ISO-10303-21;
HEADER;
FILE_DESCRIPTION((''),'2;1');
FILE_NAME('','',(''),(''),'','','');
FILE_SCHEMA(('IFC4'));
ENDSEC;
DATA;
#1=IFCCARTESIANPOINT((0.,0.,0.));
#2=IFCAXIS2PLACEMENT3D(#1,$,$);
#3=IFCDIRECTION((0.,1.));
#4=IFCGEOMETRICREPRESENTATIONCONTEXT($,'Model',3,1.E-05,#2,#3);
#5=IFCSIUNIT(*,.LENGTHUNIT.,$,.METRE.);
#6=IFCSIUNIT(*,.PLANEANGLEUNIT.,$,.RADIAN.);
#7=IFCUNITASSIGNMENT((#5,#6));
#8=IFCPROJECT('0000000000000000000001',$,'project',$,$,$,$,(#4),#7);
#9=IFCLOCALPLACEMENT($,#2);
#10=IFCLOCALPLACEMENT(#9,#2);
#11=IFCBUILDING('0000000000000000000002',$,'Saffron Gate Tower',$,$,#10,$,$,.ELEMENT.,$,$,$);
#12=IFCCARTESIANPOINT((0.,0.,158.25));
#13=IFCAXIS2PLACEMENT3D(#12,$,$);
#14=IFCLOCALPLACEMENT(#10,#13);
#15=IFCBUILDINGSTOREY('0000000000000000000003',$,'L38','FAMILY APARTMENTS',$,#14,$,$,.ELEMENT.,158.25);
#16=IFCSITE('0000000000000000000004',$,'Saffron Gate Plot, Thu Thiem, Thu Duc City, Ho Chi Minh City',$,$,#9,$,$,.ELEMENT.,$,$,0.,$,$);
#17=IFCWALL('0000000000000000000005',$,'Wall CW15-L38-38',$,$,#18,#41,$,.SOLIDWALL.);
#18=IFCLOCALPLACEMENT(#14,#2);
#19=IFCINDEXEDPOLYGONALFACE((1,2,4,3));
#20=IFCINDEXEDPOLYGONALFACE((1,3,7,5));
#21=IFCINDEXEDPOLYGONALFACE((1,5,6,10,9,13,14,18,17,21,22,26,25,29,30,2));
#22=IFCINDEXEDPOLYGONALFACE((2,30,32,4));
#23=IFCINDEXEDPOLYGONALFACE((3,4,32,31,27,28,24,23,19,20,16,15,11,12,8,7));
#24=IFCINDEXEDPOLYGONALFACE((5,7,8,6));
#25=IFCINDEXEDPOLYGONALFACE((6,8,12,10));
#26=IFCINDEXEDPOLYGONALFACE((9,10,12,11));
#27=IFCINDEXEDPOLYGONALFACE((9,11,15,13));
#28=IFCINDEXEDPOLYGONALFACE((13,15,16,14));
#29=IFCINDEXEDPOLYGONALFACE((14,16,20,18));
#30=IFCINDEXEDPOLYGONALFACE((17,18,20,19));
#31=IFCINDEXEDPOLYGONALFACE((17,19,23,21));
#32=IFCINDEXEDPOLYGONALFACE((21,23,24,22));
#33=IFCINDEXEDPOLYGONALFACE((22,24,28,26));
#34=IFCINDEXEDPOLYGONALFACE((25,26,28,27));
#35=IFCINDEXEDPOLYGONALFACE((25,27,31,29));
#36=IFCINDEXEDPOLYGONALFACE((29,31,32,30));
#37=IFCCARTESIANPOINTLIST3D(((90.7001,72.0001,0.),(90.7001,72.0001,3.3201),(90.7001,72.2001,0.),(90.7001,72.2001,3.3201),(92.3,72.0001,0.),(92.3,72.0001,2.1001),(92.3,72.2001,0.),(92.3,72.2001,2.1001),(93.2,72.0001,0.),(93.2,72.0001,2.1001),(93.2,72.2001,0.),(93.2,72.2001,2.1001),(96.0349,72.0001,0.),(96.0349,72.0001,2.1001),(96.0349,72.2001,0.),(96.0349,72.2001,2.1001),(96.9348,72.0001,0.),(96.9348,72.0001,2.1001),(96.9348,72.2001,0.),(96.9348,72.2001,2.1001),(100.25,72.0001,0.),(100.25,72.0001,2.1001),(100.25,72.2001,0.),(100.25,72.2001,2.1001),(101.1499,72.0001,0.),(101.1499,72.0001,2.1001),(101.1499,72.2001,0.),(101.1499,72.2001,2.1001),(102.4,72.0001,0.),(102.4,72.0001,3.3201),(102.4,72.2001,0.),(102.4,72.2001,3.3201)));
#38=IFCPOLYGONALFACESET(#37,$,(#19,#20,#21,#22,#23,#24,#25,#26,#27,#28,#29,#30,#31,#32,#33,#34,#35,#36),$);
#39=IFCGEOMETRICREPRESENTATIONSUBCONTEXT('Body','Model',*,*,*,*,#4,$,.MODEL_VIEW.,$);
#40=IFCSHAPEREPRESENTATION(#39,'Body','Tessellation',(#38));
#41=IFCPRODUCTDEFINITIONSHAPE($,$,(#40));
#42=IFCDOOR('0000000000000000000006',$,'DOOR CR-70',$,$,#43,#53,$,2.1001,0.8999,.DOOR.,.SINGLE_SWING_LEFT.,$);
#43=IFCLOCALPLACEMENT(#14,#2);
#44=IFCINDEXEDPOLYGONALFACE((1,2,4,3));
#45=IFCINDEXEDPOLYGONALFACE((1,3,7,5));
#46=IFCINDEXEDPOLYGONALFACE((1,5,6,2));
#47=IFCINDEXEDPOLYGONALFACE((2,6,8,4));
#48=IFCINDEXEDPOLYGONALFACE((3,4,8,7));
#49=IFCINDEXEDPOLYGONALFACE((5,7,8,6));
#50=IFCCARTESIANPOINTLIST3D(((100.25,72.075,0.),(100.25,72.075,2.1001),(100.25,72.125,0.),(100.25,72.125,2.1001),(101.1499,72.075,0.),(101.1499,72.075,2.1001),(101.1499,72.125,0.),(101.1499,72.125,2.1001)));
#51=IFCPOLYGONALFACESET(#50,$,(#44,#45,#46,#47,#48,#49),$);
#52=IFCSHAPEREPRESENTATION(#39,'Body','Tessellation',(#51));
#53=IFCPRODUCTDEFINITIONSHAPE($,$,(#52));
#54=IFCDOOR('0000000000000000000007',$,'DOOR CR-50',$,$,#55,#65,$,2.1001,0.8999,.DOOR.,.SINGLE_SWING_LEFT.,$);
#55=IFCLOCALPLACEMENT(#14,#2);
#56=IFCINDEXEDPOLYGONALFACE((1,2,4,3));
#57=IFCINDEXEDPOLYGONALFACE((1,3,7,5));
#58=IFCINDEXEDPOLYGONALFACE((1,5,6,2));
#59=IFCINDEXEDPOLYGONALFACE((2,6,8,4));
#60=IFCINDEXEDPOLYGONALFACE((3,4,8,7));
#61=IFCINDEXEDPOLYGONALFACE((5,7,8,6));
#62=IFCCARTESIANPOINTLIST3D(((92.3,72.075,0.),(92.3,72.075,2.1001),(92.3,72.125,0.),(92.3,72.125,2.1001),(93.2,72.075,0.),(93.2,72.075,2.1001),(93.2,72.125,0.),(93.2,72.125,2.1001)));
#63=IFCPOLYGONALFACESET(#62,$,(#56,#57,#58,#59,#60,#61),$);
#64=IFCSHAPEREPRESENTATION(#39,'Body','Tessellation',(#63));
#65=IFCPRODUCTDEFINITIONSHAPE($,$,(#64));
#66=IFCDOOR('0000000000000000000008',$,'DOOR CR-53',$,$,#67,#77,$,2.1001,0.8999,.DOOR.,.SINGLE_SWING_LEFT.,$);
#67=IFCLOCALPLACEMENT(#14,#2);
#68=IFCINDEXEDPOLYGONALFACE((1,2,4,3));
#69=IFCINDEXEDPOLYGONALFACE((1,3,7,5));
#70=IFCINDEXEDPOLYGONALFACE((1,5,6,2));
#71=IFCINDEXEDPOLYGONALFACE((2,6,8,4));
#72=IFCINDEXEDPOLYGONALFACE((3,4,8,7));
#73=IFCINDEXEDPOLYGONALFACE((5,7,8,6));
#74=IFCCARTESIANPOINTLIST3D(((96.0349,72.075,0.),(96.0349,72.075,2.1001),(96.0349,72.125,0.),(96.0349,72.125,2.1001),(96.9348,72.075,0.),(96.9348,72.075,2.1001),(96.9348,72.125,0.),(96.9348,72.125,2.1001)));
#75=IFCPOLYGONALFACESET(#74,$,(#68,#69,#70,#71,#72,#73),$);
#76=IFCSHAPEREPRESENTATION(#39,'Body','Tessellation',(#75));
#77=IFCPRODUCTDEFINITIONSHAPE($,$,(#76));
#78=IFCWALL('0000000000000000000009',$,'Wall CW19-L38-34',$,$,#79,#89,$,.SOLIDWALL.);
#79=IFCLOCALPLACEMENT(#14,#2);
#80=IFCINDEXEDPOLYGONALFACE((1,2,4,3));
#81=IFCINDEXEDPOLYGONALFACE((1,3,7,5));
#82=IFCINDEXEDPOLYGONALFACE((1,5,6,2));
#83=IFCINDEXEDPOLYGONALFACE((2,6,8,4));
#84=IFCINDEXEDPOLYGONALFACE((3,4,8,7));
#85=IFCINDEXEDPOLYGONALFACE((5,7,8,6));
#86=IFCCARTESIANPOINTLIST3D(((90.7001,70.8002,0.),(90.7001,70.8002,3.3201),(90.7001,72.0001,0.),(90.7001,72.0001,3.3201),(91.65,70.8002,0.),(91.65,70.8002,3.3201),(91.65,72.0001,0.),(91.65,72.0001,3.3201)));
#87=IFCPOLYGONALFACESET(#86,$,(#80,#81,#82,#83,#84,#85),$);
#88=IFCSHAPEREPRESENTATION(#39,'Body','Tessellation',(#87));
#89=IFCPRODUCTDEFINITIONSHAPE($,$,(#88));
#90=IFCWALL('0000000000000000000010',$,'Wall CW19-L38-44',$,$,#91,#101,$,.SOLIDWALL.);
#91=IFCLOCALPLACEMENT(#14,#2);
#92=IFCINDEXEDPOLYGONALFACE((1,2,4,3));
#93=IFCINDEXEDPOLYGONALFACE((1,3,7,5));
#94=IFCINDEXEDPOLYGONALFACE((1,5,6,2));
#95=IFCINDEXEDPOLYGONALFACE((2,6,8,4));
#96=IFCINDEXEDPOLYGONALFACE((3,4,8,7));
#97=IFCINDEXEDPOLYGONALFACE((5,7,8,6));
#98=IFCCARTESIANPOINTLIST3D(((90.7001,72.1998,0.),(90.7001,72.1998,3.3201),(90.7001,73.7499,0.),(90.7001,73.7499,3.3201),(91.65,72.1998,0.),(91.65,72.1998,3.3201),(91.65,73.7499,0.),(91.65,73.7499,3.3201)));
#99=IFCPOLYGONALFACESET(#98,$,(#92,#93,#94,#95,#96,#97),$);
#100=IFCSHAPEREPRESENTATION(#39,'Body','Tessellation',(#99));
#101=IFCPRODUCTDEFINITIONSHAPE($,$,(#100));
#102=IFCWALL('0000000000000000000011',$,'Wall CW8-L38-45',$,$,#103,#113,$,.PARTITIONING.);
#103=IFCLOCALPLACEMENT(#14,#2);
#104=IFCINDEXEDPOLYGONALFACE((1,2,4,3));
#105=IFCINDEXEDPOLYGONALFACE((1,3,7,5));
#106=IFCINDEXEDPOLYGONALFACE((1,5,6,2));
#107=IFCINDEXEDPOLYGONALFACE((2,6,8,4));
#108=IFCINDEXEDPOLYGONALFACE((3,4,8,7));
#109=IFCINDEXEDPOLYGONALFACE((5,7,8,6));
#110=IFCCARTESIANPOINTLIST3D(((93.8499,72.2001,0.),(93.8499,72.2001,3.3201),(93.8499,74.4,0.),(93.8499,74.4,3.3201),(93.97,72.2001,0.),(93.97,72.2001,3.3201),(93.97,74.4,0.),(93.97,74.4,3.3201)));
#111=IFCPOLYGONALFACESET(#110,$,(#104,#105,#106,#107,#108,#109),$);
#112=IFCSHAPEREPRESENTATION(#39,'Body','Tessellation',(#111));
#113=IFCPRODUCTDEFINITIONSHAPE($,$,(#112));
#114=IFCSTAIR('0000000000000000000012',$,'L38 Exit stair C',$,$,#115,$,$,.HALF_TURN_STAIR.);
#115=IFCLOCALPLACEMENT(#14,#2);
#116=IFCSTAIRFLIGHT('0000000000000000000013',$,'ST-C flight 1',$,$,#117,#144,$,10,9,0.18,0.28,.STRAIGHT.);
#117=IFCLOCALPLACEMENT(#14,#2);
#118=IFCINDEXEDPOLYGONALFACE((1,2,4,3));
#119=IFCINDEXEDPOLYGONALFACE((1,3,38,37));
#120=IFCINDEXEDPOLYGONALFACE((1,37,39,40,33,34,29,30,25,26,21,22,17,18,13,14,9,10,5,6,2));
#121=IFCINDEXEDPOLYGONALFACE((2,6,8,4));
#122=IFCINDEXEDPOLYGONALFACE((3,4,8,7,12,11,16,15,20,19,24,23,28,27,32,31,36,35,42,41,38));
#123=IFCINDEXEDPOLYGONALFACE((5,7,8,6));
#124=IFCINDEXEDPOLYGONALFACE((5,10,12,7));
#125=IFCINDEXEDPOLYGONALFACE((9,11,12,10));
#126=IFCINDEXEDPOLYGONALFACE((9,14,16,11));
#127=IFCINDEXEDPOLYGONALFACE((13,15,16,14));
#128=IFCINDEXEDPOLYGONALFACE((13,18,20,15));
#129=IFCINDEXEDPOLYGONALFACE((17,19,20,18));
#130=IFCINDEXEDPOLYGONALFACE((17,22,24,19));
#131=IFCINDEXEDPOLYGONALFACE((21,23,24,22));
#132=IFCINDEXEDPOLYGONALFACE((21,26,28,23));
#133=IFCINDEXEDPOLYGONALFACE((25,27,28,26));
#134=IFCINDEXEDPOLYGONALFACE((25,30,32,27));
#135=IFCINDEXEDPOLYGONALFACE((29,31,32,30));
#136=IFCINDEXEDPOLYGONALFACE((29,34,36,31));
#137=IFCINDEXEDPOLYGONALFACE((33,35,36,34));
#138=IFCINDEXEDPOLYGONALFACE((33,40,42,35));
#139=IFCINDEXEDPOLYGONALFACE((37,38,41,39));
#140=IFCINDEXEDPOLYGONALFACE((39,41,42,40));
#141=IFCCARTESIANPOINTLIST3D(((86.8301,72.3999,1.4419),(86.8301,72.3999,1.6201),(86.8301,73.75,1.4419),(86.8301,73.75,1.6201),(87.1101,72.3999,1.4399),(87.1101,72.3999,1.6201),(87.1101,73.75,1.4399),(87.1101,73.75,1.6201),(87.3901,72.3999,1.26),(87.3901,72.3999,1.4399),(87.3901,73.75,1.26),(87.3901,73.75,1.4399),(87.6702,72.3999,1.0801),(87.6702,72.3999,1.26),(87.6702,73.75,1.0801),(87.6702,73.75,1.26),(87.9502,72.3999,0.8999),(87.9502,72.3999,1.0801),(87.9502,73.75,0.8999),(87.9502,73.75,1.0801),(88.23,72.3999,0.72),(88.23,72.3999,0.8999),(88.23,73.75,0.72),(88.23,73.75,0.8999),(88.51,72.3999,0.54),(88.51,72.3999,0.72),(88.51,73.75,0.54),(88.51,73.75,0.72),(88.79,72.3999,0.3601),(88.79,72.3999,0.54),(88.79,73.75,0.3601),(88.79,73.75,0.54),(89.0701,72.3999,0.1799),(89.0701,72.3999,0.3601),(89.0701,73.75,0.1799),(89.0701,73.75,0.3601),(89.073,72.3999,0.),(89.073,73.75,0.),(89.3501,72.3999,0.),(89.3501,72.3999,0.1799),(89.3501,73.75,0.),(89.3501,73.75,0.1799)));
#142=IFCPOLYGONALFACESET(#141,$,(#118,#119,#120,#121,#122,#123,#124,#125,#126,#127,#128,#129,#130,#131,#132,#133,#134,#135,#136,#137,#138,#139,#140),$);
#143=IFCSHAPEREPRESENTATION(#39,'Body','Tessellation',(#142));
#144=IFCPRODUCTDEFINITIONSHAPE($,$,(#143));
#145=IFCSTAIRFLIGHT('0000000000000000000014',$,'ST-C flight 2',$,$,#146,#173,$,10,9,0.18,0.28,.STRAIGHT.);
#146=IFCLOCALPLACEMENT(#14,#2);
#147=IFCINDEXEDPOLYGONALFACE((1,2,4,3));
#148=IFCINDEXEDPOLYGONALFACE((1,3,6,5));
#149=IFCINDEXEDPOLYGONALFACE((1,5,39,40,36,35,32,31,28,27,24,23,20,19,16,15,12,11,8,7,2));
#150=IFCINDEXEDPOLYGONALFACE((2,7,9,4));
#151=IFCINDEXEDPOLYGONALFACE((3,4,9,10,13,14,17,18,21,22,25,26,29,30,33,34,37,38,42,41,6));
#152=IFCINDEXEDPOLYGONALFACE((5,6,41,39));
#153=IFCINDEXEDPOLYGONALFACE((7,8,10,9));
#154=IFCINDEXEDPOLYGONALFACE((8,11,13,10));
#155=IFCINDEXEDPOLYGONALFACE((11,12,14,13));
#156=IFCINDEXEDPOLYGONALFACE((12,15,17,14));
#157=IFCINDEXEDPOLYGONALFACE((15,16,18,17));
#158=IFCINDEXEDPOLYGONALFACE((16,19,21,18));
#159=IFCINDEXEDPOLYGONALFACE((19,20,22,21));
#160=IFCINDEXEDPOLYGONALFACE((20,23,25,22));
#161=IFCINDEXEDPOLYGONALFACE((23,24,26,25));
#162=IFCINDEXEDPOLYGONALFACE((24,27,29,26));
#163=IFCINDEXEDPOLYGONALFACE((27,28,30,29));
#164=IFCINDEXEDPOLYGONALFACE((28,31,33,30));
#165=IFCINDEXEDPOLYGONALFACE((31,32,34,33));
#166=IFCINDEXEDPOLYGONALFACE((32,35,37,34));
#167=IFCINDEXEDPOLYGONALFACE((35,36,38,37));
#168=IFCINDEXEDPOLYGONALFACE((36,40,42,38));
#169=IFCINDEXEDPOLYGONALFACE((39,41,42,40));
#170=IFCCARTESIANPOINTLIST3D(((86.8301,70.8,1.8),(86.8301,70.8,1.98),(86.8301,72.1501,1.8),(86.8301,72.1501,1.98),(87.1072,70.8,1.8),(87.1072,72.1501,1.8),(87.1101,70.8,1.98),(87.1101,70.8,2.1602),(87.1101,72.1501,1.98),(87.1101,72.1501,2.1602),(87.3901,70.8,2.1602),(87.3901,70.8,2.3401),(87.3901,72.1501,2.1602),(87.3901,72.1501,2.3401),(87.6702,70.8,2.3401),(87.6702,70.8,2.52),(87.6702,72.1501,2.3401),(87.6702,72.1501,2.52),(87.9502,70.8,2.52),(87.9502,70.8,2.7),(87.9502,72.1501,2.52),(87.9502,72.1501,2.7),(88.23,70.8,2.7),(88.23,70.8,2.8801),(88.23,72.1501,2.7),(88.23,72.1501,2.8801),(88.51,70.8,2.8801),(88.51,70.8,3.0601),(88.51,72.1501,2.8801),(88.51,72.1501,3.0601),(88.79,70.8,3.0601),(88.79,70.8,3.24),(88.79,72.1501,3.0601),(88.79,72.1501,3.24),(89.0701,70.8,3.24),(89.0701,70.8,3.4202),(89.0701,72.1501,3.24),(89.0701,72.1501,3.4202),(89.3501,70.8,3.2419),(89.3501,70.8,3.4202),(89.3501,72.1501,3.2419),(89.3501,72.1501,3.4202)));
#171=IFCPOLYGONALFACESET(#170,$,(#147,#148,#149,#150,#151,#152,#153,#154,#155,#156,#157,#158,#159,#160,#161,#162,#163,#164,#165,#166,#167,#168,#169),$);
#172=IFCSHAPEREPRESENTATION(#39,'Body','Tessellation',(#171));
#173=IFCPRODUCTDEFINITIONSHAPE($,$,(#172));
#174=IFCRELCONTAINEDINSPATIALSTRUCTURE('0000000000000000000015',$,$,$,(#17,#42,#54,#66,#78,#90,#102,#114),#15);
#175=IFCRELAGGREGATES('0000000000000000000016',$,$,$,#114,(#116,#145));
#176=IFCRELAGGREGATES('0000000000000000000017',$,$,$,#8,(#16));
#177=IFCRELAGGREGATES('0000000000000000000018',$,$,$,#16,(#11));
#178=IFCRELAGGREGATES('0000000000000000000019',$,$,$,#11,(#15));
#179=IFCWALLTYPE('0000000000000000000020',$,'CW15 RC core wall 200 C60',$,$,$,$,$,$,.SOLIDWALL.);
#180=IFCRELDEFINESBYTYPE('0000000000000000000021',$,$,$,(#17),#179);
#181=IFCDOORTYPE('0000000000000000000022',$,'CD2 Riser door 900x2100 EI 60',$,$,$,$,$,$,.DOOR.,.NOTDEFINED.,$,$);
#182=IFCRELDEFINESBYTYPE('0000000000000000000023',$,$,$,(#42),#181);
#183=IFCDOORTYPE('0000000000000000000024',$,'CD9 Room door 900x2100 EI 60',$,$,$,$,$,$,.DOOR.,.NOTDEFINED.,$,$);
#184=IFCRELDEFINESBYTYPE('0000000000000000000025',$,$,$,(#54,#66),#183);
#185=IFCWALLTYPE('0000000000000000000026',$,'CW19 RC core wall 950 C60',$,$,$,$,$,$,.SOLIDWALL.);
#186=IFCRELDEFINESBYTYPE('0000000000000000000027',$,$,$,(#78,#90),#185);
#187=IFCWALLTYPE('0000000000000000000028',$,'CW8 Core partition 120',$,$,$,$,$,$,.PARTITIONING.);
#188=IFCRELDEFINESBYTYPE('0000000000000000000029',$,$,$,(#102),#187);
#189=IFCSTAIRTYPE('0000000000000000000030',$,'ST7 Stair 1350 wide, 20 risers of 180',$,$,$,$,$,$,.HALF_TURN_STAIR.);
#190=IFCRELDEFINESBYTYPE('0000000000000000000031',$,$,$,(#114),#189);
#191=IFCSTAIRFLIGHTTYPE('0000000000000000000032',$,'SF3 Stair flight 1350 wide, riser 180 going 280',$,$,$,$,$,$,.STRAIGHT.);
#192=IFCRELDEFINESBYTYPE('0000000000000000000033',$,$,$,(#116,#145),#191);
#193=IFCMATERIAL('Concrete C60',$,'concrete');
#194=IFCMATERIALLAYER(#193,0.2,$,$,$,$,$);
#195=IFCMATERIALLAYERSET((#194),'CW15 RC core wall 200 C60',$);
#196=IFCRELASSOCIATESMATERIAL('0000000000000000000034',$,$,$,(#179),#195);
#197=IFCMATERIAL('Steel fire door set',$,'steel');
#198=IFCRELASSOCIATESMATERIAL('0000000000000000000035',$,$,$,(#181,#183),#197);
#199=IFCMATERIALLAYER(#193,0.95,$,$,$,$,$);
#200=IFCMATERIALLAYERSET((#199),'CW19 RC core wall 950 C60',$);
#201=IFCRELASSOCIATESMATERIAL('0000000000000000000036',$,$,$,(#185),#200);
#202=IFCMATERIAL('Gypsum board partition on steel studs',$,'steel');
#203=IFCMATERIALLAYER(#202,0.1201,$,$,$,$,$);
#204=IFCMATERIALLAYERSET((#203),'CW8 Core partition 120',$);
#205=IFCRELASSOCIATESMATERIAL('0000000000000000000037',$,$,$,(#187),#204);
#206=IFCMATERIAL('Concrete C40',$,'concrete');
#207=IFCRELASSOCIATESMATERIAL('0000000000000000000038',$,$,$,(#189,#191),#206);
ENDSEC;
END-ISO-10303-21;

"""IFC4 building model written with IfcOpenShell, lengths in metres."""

from ifc_helpers import new_model, si_unit, direction, frame, frame_2d, origin, place, context, subcontext, project, spatial, polyline, rectangle, outline, extrude, material, layer, layer_set, type_object, element, fill, aggregate, save


model = new_model("IFC4")

# Units and contexts
model_context = context("Model", 3, precision=1e-05, world=origin(), true_north=direction((0.0, 1.0)))
body_context = subcontext(model_context, "Body", "Model", "MODEL_VIEW")
ifc_project = project(units=[si_unit("LENGTHUNIT", "METRE"), si_unit("PLANEANGLEUNIT", "RADIAN")], contexts=[model_context])

# Site, building, storey
site_placement = place(None, origin())
site = spatial("IfcSite", under=ifc_project, at=site_placement, Name="Saffron Gate Plot, Thu Thiem, Thu Duc City, Ho Chi Minh City", CompositionType="ELEMENT", RefElevation=0.0)
building_placement = place(site_placement, origin())
building = spatial("IfcBuilding", under=site, at=building_placement, Name="Saffron Gate Tower", CompositionType="ELEMENT")
storey_placement = place(building_placement, frame((0.0, 0.0, 158.25)))
storey = spatial("IfcBuildingStorey", under=building, at=storey_placement, Name="L38", Description="FAMILY APARTMENTS", CompositionType="ELEMENT", Elevation=158.25)

# Shared definitions
ifc_material_1 = material(Name="Gypsum board partition on steel studs", Category="steel")
ifc_material_2 = material(Name="Concrete C60", Category="concrete")

# Shared definitions
ifc_material_3 = material(Name="Steel fire door set", Category="steel")

# Wall, openings, doors
ifc_layer_1 = layer(ifc_material_2, 0.2)
ifc_layer_set_1 = layer_set([ifc_layer_1], Name="CW15 RC core wall 200 C60")
wall_type_1 = type_object("IfcWallType", Name="CW15 RC core wall 200 C60", PredefinedType="SOLIDWALL", material=ifc_layer_set_1)
door_type_1 = type_object("IfcDoorType", Name="CD2 Riser door 900x2100 EI 60", OperationType="NOTDEFINED", PredefinedType="DOOR", material=ifc_material_3)
wall_1_placement = place(storey_placement, frame((90.7, 72.1001, 0.0), z_axis=(0.0, 0.0, 1.0), x_axis=(1.0, 0.0, 0.0)))
wall_1 = element("IfcWall", 1, at=wall_1_placement, inside=storey, type_object=wall_type_1, Name="Wall CW15-L38-38", PredefinedType="SOLIDWALL", context=body_context, shape_type="SweptSolid", body=[
    extrude(rectangle(XDim=11.7, YDim=0.2, at=frame_2d((5.8501, 0.0))), origin(), (0.0, 0.0, 1.0), 3.3201),
])
opening_1_placement = place(wall_1_placement, frame((1.6001, 0.0, 0.0)))
opening_1 = element("IfcOpeningElement", 2, at=opening_1_placement, cuts=wall_1, PredefinedType="OPENING", context=body_context, shape_type="SweptSolid", body=[
    extrude(rectangle(XDim=0.8999, YDim=2.1001, at=frame_2d((0.45, 1.05))), frame((0.0, 0.1099, 0.0), z_axis=(0.0, -1.0, 0.0), x_axis=(1.0, 0.0, 0.0)), (0.0, 0.0, 1.0), 0.22),
])
opening_2_placement = place(wall_1_placement, frame((5.335, 0.0, 0.0)))
opening_2 = element("IfcOpeningElement", 3, at=opening_2_placement, cuts=wall_1, PredefinedType="OPENING", context=body_context, shape_type="SweptSolid", body=[
    extrude(rectangle(XDim=0.8999, YDim=2.1001, at=frame_2d((0.45, 1.05))), frame((0.0, 0.1099, 0.0), z_axis=(0.0, -1.0, 0.0), x_axis=(1.0, 0.0, 0.0)), (0.0, 0.0, 1.0), 0.22),
])
opening_3_placement = place(wall_1_placement, frame((9.55, 0.0, 0.0)))
opening_3 = element("IfcOpeningElement", 4, at=opening_3_placement, cuts=wall_1, PredefinedType="OPENING", context=body_context, shape_type="SweptSolid", body=[
    extrude(rectangle(XDim=0.8999, YDim=2.1001, at=frame_2d((0.45, 1.05))), frame((0.0, 0.1099, 0.0), z_axis=(0.0, -1.0, 0.0), x_axis=(1.0, 0.0, 0.0)), (0.0, 0.0, 1.0), 0.22),
])
door_1_placement = place(opening_3_placement, origin())
door_1 = element("IfcDoor", 5, at=door_1_placement, inside=storey, type_object=door_type_1, Name="DOOR CR-70", OperationType="SINGLE_SWING_LEFT", OverallHeight=2.1001, OverallWidth=0.8999, PredefinedType="DOOR", context=body_context, shape_type="SweptSolid", body=[
    extrude(rectangle(XDim=0.8999, YDim=2.1001, at=frame_2d((0.45, 1.05))), frame((0.0, 0.0249, 0.0), z_axis=(0.0, -1.0, 0.0), x_axis=(1.0, 0.0, 0.0)), (0.0, 0.0, 1.0), 0.05),
])
fill(opening_3, door_1)
door_type_2 = type_object("IfcDoorType", Name="CD9 Room door 900x2100 EI 60", OperationType="NOTDEFINED", PredefinedType="DOOR", material=ifc_material_3)
door_2_placement = place(opening_1_placement, origin())
door_2 = element("IfcDoor", 6, at=door_2_placement, inside=storey, type_object=door_type_2, Name="DOOR CR-50", OperationType="SINGLE_SWING_LEFT", OverallHeight=2.1001, OverallWidth=0.8999, PredefinedType="DOOR", context=body_context, shape_type="SweptSolid", body=[
    extrude(rectangle(XDim=0.8999, YDim=2.1001, at=frame_2d((0.45, 1.05))), frame((0.0, 0.0249, 0.0), z_axis=(0.0, -1.0, 0.0), x_axis=(1.0, 0.0, 0.0)), (0.0, 0.0, 1.0), 0.05),
])
fill(opening_1, door_2)
door_3_placement = place(opening_2_placement, origin())
door_3 = element("IfcDoor", 7, at=door_3_placement, inside=storey, type_object=door_type_2, Name="DOOR CR-53", OperationType="SINGLE_SWING_LEFT", OverallHeight=2.1001, OverallWidth=0.8999, PredefinedType="DOOR", context=body_context, shape_type="SweptSolid", body=[
    extrude(rectangle(XDim=0.8999, YDim=2.1001, at=frame_2d((0.45, 1.05))), frame((0.0, 0.0249, 0.0), z_axis=(0.0, -1.0, 0.0), x_axis=(1.0, 0.0, 0.0)), (0.0, 0.0, 1.0), 0.05),
])
fill(opening_2, door_3)

# Walls
ifc_layer_2 = layer(ifc_material_2, 0.95)
ifc_layer_set_2 = layer_set([ifc_layer_2], Name="CW19 RC core wall 950 C60")
wall_type_2 = type_object("IfcWallType", Name="CW19 RC core wall 950 C60", PredefinedType="SOLIDWALL", material=ifc_layer_set_2)
wall_2_placement = place(storey_placement, frame((91.175, 70.8, 0.0), z_axis=(0.0, 0.0, 1.0), x_axis=(0.0, 1.0, 0.0)))
element("IfcWall", 8, at=wall_2_placement, inside=storey, type_object=wall_type_2, Name="Wall CW19-L38-34", PredefinedType="SOLIDWALL", context=body_context, shape_type="SweptSolid", body=[
    extrude(rectangle(XDim=1.2, YDim=0.95, at=frame_2d((0.6001, 0.0))), origin(), (0.0, 0.0, 1.0), 3.3201),
])
wall_3_placement = place(storey_placement, frame((91.175, 72.2, 0.0), z_axis=(0.0, 0.0, 1.0), x_axis=(0.0, 1.0, 0.0)))
element("IfcWall", 9, at=wall_3_placement, inside=storey, type_object=wall_type_2, Name="Wall CW19-L38-44", PredefinedType="SOLIDWALL", context=body_context, shape_type="SweptSolid", body=[
    extrude(rectangle(XDim=1.55, YDim=0.95, at=frame_2d((0.7749, 0.0))), origin(), (0.0, 0.0, 1.0), 3.3201),
])
ifc_layer_3 = layer(ifc_material_1, 0.1201)
ifc_layer_set_3 = layer_set([ifc_layer_3], Name="CW8 Core partition 120")
wall_type_3 = type_object("IfcWallType", Name="CW8 Core partition 120", PredefinedType="PARTITIONING", material=ifc_layer_set_3)
wall_4_placement = place(storey_placement, frame((93.9099, 72.2, 0.0), z_axis=(0.0, 0.0, 1.0), x_axis=(0.0, 1.0, 0.0)))
element("IfcWall", 10, at=wall_4_placement, inside=storey, type_object=wall_type_3, Name="Wall CW8-L38-45", PredefinedType="PARTITIONING", context=body_context, shape_type="SweptSolid", body=[
    extrude(rectangle(XDim=2.2, YDim=0.1201, at=frame_2d((1.1001, 0.0))), origin(), (0.0, 0.0, 1.0), 3.3201),
])

# Stair, stair flights
ifc_material_4 = material(Name="Concrete C40", Category="concrete")
stair_type = type_object("IfcStairType", Name="ST7 Stair 1350 wide, 20 risers of 180", PredefinedType="HALF_TURN_STAIR", material=ifc_material_4)
stair_placement = place(storey_placement, origin())
stair = element("IfcStair", 11, at=stair_placement, inside=storey, type_object=stair_type, Name="L38 Exit stair C", PredefinedType="HALF_TURN_STAIR")
stair_flight_type = type_object("IfcStairFlightType", Name="SF3 Stair flight 1350 wide, riser 180 going 280", PredefinedType="STRAIGHT", material=ifc_material_4)
stair_flight_1_placement = place(storey_placement, frame((89.3501, 73.075, 0.0), z_axis=(0.0, 0.0, 1.0), x_axis=(-1.0, 0.0, 0.0)))
stair_flight_1 = element("IfcStairFlight", 12, at=stair_flight_1_placement, type_object=stair_flight_type, Name="ST-C flight 1", NumberOfRisers=10, NumberOfTreads=9, PredefinedType="STRAIGHT", RiserHeight=0.18, TreadLength=0.28, context=body_context, shape_type="SweptSolid", body=[
    extrude(outline(polyline([(0.0, 0.0), (0.0, 0.1799), (0.28, 0.1799), (0.28, 0.3601), (0.5601, 0.3601), (0.5601, 0.54), (0.8401, 0.54), (0.8401, 0.72), (1.1201, 0.72), (1.1201, 0.8999), (1.3999, 0.8999), (1.3999, 1.0801), (1.6799, 1.0801), (1.6799, 1.26), (1.96, 1.26), (1.96, 1.4399), (2.24, 1.4399), (2.24, 1.6201), (2.52, 1.6201), (2.52, 1.8), (2.52, 1.4419), (0.2771, 0.0), (0.0, 0.0)])), frame((0.0, 0.675, 0.0), z_axis=(0.0, -1.0, 0.0), x_axis=(1.0, 0.0, 0.0)), (0.0, 0.0, 1.0), 1.3501),
])
stair_flight_2_placement = place(storey_placement, frame((86.8301, 71.4751, 1.8), z_axis=(0.0, 0.0, 1.0), x_axis=(1.0, 0.0, 0.0)))
stair_flight_2 = element("IfcStairFlight", 13, at=stair_flight_2_placement, type_object=stair_flight_type, Name="ST-C flight 2", NumberOfRisers=10, NumberOfTreads=9, PredefinedType="STRAIGHT", RiserHeight=0.18, TreadLength=0.28, context=body_context, shape_type="SweptSolid", body=[
    extrude(outline(polyline([(0.0, 0.0), (0.0, 0.1799), (0.28, 0.1799), (0.28, 0.3601), (0.5601, 0.3601), (0.5601, 0.54), (0.8401, 0.54), (0.8401, 0.72), (1.1201, 0.72), (1.1201, 0.8999), (1.3999, 0.8999), (1.3999, 1.0801), (1.6799, 1.0801), (1.6799, 1.26), (1.96, 1.26), (1.96, 1.4399), (2.24, 1.4399), (2.24, 1.6201), (2.52, 1.6201), (2.52, 1.8), (2.52, 1.4419), (0.2771, 0.0), (0.0, 0.0)])), frame((0.0, 0.675, 0.0), z_axis=(0.0, -1.0, 0.0), x_axis=(1.0, 0.0, 0.0)), (0.0, 0.0, 1.0), 1.3501),
])
aggregate(stair, [stair_flight_1, stair_flight_2])

save(model, "model.ifc")
